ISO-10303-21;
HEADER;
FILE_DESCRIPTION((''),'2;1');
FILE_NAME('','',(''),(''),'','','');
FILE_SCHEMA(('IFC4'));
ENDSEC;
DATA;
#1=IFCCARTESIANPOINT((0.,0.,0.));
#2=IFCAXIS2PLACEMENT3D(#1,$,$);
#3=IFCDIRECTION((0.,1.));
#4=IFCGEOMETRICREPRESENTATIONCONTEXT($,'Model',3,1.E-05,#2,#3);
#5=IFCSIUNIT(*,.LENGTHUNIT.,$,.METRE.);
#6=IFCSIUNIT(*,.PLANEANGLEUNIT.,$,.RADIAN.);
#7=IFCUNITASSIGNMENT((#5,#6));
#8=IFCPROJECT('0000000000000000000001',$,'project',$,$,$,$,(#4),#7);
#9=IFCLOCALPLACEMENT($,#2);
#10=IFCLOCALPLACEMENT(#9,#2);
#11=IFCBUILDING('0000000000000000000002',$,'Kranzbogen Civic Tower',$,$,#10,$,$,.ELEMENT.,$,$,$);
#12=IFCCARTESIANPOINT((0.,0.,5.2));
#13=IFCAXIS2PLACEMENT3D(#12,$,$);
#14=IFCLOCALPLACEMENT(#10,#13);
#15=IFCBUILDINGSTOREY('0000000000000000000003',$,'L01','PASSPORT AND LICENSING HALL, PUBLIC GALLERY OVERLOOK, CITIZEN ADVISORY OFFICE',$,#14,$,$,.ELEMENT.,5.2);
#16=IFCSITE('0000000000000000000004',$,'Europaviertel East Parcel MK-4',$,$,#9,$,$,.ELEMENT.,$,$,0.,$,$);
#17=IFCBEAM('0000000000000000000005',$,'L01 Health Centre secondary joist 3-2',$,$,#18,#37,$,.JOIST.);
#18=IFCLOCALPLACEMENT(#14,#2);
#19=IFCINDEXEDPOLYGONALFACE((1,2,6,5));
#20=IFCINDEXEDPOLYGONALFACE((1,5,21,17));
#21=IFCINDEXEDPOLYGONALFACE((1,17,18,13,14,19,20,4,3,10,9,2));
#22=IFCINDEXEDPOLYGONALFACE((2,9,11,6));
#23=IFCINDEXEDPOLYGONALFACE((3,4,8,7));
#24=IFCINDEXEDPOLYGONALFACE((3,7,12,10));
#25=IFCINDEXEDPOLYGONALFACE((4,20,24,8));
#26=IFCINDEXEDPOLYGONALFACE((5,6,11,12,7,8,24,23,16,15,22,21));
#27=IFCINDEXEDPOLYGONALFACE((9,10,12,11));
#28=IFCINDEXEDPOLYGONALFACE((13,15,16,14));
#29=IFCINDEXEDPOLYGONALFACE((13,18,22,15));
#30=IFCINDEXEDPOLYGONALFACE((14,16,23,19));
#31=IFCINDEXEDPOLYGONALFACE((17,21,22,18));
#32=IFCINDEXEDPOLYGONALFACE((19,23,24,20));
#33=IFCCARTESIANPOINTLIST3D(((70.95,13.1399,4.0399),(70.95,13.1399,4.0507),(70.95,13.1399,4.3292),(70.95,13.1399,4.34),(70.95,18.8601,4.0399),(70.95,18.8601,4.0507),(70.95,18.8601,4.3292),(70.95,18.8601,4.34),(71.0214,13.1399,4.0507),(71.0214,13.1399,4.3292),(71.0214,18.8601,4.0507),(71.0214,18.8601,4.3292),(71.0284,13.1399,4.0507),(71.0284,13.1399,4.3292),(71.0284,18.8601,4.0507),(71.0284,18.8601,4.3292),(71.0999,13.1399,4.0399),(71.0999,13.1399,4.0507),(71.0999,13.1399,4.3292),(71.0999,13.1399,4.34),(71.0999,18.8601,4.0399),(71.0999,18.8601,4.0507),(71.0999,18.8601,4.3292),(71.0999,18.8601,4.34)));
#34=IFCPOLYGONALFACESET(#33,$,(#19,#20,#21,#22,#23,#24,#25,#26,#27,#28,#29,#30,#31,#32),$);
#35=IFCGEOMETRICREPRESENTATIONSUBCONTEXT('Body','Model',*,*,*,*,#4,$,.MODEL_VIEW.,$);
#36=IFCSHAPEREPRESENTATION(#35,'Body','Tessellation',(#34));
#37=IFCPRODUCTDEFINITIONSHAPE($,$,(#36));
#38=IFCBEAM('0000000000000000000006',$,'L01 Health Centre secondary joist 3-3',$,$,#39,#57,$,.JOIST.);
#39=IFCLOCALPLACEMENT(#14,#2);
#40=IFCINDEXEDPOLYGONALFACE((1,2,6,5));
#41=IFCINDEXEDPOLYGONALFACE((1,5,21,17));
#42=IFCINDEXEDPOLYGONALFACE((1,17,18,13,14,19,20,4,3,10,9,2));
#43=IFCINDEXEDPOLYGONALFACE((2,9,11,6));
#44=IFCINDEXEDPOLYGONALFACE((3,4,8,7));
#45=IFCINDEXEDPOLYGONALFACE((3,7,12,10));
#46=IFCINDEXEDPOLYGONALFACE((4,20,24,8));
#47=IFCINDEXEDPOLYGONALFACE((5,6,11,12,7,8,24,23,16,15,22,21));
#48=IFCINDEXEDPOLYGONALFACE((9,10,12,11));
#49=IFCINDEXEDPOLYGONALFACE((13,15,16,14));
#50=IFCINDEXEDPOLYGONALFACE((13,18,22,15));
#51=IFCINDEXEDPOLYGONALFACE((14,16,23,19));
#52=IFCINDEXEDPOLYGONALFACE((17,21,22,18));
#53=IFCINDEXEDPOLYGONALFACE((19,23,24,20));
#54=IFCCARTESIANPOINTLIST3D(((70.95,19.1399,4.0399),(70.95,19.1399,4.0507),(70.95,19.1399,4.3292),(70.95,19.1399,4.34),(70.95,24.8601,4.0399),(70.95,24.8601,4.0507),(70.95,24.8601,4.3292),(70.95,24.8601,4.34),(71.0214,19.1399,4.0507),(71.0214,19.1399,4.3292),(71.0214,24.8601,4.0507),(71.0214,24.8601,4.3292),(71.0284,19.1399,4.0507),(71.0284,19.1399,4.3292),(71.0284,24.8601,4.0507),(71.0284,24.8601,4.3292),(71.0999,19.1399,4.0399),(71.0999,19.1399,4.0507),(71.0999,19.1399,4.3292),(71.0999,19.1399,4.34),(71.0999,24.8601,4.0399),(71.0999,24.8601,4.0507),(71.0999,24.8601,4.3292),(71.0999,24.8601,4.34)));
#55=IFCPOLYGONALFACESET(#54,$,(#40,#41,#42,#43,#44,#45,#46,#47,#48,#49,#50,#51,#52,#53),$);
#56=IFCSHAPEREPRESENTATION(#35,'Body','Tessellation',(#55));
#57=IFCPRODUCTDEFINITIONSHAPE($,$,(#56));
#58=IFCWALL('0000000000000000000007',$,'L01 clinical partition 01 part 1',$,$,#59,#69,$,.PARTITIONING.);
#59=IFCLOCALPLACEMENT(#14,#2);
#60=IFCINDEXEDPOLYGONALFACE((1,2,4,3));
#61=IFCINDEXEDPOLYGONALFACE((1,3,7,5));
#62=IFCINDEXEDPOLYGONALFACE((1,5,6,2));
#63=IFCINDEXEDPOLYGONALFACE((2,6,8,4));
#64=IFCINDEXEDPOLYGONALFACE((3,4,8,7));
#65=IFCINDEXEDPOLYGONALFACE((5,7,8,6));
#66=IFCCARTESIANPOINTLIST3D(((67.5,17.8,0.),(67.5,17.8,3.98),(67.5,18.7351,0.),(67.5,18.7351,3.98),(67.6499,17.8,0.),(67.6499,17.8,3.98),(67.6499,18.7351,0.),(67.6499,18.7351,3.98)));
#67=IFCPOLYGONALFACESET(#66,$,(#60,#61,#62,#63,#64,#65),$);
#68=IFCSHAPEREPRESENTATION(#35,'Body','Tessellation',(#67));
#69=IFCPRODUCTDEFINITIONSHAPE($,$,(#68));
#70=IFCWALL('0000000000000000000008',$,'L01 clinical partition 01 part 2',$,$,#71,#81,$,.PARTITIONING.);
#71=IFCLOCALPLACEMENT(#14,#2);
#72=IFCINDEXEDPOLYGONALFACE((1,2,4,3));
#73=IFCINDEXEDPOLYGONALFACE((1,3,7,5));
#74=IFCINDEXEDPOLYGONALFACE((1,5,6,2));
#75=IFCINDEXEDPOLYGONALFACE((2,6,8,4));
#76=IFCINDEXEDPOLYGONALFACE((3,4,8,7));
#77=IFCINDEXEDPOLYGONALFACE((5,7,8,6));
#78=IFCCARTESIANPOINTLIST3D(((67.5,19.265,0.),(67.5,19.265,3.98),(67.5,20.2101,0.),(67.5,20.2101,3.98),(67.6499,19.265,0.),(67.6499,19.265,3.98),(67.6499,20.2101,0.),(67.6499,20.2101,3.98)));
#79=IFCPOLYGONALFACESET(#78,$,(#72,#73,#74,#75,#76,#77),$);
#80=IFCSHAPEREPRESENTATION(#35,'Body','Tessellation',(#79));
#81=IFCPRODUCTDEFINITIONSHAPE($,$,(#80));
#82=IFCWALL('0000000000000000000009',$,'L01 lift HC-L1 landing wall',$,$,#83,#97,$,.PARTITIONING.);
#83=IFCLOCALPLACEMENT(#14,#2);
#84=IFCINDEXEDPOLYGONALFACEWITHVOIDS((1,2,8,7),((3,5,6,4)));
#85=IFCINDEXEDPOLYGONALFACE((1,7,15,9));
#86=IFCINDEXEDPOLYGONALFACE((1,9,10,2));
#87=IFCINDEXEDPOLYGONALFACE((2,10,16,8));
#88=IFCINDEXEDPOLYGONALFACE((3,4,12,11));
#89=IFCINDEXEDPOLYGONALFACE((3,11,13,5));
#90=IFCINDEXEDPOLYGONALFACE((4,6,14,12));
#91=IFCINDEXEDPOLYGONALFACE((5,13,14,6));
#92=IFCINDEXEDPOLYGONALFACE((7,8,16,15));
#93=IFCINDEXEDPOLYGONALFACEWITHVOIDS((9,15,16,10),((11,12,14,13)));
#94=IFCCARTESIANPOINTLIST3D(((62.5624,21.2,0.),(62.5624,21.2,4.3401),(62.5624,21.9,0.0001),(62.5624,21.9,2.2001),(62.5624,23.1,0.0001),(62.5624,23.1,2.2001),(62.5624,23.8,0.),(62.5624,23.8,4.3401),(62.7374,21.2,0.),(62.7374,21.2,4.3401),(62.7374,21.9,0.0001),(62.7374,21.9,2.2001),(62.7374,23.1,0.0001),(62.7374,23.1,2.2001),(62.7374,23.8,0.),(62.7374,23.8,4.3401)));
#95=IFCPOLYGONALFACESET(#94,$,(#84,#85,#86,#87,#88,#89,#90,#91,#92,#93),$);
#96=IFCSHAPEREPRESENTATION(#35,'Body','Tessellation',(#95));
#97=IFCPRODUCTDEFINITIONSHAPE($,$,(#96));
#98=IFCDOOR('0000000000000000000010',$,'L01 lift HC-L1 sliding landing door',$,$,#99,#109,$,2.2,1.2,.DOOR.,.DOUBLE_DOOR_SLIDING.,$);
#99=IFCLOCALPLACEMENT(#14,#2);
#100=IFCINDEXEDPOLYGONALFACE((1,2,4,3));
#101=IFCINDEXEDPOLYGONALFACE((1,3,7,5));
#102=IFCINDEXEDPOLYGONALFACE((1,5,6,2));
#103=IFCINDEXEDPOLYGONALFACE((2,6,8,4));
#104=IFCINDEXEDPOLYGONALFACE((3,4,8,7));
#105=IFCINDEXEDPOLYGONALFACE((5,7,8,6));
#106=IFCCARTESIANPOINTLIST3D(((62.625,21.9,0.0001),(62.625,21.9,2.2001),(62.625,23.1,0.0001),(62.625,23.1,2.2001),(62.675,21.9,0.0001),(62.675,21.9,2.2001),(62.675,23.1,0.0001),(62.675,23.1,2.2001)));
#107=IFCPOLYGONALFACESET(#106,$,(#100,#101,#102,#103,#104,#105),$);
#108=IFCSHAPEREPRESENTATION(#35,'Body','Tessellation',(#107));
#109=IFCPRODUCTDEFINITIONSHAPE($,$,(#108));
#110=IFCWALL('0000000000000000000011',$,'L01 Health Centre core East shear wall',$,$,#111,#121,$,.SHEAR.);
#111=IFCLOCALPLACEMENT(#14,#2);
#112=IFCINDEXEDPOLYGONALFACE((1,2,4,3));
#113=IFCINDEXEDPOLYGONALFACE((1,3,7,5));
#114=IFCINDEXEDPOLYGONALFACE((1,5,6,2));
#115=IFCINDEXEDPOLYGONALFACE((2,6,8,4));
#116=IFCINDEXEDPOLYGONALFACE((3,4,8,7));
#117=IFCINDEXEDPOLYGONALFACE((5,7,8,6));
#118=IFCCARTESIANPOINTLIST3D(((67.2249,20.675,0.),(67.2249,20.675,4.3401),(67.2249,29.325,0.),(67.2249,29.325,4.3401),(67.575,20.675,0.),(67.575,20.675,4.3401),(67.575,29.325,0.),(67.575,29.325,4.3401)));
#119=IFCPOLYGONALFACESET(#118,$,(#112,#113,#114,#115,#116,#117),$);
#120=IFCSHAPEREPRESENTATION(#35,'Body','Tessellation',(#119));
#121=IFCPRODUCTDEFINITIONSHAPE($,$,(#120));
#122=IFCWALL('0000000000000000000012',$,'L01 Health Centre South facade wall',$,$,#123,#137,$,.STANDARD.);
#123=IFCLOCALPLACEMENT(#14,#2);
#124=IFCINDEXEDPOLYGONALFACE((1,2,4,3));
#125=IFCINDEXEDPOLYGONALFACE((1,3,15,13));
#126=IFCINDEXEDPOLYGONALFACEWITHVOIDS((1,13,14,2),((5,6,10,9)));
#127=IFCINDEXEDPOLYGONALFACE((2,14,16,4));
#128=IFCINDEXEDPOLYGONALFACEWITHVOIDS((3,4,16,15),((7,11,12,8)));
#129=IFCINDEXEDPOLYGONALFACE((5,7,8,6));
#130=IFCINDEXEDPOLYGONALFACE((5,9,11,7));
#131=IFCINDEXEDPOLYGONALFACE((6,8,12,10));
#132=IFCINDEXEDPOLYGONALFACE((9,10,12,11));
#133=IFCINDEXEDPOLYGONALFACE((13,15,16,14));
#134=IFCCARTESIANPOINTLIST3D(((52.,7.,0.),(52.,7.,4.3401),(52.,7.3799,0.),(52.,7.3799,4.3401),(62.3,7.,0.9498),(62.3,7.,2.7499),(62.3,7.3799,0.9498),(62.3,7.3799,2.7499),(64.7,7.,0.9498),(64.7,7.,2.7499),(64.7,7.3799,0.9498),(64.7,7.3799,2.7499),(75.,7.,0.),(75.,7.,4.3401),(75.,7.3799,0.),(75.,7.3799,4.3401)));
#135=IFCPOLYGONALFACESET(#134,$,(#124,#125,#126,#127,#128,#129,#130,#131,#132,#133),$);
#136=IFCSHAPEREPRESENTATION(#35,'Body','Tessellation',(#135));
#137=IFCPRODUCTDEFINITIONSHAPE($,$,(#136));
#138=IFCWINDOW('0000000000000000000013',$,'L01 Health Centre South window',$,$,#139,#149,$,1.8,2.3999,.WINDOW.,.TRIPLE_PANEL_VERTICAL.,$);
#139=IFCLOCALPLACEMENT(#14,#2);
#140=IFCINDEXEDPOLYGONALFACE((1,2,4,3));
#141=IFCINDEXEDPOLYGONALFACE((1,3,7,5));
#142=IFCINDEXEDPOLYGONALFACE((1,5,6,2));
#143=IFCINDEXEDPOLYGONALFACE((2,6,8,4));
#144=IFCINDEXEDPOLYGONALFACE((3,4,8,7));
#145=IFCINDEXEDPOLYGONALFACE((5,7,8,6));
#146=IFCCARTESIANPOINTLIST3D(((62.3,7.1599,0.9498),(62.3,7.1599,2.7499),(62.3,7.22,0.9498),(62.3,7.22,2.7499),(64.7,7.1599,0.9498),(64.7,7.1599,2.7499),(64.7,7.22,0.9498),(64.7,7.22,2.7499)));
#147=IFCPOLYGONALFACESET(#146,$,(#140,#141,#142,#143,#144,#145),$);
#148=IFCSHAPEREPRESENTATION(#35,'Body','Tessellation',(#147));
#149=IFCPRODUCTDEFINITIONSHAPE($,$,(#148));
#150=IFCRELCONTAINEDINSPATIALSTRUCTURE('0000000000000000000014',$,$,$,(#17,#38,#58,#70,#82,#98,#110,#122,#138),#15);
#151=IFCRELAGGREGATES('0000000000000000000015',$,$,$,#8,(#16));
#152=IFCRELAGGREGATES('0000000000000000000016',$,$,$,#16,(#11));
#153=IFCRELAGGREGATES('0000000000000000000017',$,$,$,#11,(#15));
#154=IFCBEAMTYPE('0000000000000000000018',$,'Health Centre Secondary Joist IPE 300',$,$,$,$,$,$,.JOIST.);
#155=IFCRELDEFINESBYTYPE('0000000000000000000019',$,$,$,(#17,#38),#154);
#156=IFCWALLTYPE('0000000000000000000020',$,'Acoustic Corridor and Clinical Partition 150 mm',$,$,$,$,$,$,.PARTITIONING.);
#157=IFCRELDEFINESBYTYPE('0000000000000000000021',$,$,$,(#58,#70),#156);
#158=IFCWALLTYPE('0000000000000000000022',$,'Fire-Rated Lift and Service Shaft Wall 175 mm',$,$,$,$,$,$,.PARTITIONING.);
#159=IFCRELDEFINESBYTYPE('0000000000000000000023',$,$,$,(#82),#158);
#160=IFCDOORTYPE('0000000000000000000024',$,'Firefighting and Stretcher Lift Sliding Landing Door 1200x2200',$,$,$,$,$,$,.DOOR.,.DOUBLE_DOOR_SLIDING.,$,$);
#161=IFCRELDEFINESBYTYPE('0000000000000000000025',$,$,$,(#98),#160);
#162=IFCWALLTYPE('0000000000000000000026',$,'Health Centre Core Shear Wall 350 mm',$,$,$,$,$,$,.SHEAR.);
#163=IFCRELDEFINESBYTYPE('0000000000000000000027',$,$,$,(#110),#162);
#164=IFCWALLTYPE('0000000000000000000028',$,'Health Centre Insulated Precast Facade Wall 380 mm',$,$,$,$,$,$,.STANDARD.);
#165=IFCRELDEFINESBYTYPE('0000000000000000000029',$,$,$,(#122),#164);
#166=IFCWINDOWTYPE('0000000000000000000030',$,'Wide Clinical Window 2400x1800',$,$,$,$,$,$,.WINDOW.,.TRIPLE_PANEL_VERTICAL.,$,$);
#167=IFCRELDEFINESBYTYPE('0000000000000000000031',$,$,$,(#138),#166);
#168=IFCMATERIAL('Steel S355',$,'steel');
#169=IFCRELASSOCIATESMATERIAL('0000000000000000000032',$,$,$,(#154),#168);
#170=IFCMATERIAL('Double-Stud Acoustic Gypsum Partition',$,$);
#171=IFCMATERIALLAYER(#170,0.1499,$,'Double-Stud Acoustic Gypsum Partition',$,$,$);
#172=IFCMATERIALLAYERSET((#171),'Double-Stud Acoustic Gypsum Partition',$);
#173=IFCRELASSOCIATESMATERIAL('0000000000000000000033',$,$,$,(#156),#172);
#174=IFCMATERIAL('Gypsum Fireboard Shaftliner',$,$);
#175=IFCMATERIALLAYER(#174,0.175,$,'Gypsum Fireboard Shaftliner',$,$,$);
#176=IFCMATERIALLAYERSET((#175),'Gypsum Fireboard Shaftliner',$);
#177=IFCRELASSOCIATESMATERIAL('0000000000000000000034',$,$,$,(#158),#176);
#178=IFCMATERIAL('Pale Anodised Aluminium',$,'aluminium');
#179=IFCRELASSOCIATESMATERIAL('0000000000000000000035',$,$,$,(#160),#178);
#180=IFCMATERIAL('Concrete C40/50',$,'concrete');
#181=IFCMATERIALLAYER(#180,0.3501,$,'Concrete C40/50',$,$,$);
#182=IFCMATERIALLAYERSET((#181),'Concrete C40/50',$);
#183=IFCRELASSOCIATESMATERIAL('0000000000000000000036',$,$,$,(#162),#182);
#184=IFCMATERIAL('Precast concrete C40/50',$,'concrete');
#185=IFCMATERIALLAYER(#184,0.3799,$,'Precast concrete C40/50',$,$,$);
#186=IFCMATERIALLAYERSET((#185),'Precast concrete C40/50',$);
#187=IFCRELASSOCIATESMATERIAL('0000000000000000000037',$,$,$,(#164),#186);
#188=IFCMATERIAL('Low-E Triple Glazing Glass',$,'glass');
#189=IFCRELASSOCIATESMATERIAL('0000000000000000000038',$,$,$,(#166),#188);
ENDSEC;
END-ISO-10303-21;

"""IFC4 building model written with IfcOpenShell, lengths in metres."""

from ifc_helpers import new_model, si_unit, direction, frame, frame_2d, origin, origin_2d, place, context, subcontext, project, spatial, rectangle, i_section, extrude, material, layer, layer_set, material_profile, profile_set, type_object, element, fill, save


model = new_model("IFC4")

# Units and contexts
model_context = context("Model", 3, precision=1e-05, world=origin(), true_north=direction((0.0, 1.0)))
body_context = subcontext(model_context, "Body", "Model", "MODEL_VIEW")
ifc_project = project(units=[si_unit("LENGTHUNIT", "METRE"), si_unit("PLANEANGLEUNIT", "RADIAN")], contexts=[model_context])

# Site, building, storey
site_placement = place(None, origin())
site = spatial("IfcSite", under=ifc_project, at=site_placement, Name="Europaviertel East Parcel MK-4", CompositionType="ELEMENT", RefElevation=0.0)
building_placement = place(site_placement, origin())
building = spatial("IfcBuilding", under=site, at=building_placement, Name="Kranzbogen Civic Tower", CompositionType="ELEMENT")
storey_placement = place(building_placement, frame((0.0, 0.0, 5.2)))
storey = spatial("IfcBuildingStorey", under=building, at=storey_placement, Name="L01", Description="PASSPORT AND LICENSING HALL, PUBLIC GALLERY OVERLOOK, CITIZEN ADVISORY OFFICE", CompositionType="ELEMENT", Elevation=5.2)

# Shared definitions
ifc_material_1 = material(Name="Steel S355", Category="steel")
ifc_material_2 = material(Name="Concrete C40/50", Category="concrete")

# Beams
ifc_material_profile_1 = material_profile(ifc_material_1, i_section(OverallWidth=0.1499, OverallDepth=0.3, WebThickness=0.0071, FlangeThickness=0.0107, at=origin_2d()), Name="IPE 300")
ifc_profile_set_1 = profile_set([ifc_material_profile_1], Name="Steel S355")
beam_type_1 = type_object("IfcBeamType", Name="Health Centre Secondary Joist IPE 300", PredefinedType="JOIST", material=ifc_profile_set_1)
for number, where, z_axis, x_axis, name in (
    (1, (71.0249, 13.1399, 4.1899), (0.0, 1.0, 0.0), (-1.0, 0.0, 0.0), "L01 Health Centre secondary joist 3-2"),
    (2, (71.0249, 19.1399, 4.1899), (0.0, 1.0, 0.0), (-1.0, 0.0, 0.0), "L01 Health Centre secondary joist 3-3"),
):
    element("IfcBeam", number, at=place(storey_placement, frame(where, z_axis=z_axis, x_axis=x_axis)), inside=storey, type_object=beam_type_1, Name=name, PredefinedType="JOIST", context=body_context, shape_type="SweptSolid", body=[
        extrude(i_section(OverallWidth=0.1499, OverallDepth=0.3, WebThickness=0.0071, FlangeThickness=0.0107, at=origin_2d()), origin(), (0.0, 0.0, 1.0), 5.7202),
    ])

# Walls
ifc_material_3 = material(Name="Double-Stud Acoustic Gypsum Partition")
ifc_layer_1 = layer(ifc_material_3, 0.1499, Name="Double-Stud Acoustic Gypsum Partition")
ifc_layer_set_1 = layer_set([ifc_layer_1], Name="Double-Stud Acoustic Gypsum Partition")
wall_type_1 = type_object("IfcWallType", Name="Acoustic Corridor and Clinical Partition 150 mm", PredefinedType="PARTITIONING", material=ifc_layer_set_1)
wall_1_placement = place(storey_placement, frame((67.575, 17.8, 0.0), z_axis=(0.0, 0.0, 1.0), x_axis=(0.0, 1.0, 0.0)))
element("IfcWall", 3, at=wall_1_placement, inside=storey, type_object=wall_type_1, Name="L01 clinical partition 01 part 1", PredefinedType="PARTITIONING", context=body_context, shape_type="SweptSolid", body=[
    extrude(rectangle(XDim=0.9351, YDim=0.1499, at=frame_2d((0.4675, 0.0))), origin(), (0.0, 0.0, 1.0), 3.98),
])
wall_2_placement = place(storey_placement, frame((67.575, 19.2649, 0.0), z_axis=(0.0, 0.0, 1.0), x_axis=(0.0, 1.0, 0.0)))
element("IfcWall", 4, at=wall_2_placement, inside=storey, type_object=wall_type_1, Name="L01 clinical partition 01 part 2", PredefinedType="PARTITIONING", context=body_context, shape_type="SweptSolid", body=[
    extrude(rectangle(XDim=0.9451, YDim=0.1499, at=frame_2d((0.4727, 0.0))), origin(), (0.0, 0.0, 1.0), 3.98),
])

# Wall, opening, door
ifc_material_4 = material(Name="Gypsum Fireboard Shaftliner")
ifc_layer_2 = layer(ifc_material_4, 0.175, Name="Gypsum Fireboard Shaftliner")
ifc_layer_set_2 = layer_set([ifc_layer_2], Name="Gypsum Fireboard Shaftliner")
wall_type_2 = type_object("IfcWallType", Name="Fire-Rated Lift and Service Shaft Wall 175 mm", PredefinedType="PARTITIONING", material=ifc_layer_set_2)
wall_3_placement = place(storey_placement, frame((62.6499, 21.2, 0.0), z_axis=(0.0, 0.0, 1.0), x_axis=(0.0, 1.0, 0.0)))
wall_3 = element("IfcWall", 5, at=wall_3_placement, inside=storey, type_object=wall_type_2, Name="L01 lift HC-L1 landing wall", PredefinedType="PARTITIONING", context=body_context, shape_type="SweptSolid", body=[
    extrude(rectangle(XDim=2.6001, YDim=0.175, at=frame_2d((1.3, 0.0))), origin(), (0.0, 0.0, 1.0), 4.3401),
])
opening_1_placement = place(wall_3_placement, frame((0.7, 0.0, 0.0)))
opening_1 = element("IfcOpeningElement", 6, at=opening_1_placement, cuts=wall_3, PredefinedType="OPENING", context=body_context, shape_type="SweptSolid", body=[
    extrude(rectangle(XDim=1.2, YDim=2.2, at=frame_2d((0.6001, 1.1001))), frame((0.0, 0.0977, 0.0), z_axis=(0.0, -1.0, 0.0), x_axis=(1.0, 0.0, 0.0)), (0.0, 0.0, 1.0), 0.1951),
])
ifc_material_5 = material(Name="Pale Anodised Aluminium", Category="aluminium")
door_type = type_object("IfcDoorType", Name="Firefighting and Stretcher Lift Sliding Landing Door 1200x2200", OperationType="DOUBLE_DOOR_SLIDING", PredefinedType="DOOR", material=ifc_material_5)
door_placement = place(opening_1_placement, origin())
door = element("IfcDoor", 7, at=door_placement, inside=storey, type_object=door_type, Name="L01 lift HC-L1 sliding landing door", OperationType="DOUBLE_DOOR_SLIDING", OverallHeight=2.2, OverallWidth=1.2, PredefinedType="DOOR", context=body_context, shape_type="SweptSolid", body=[
    extrude(rectangle(XDim=1.2, YDim=2.2, at=frame_2d((0.6001, 1.1001))), frame((0.0, 0.0249, 0.0), z_axis=(0.0, -1.0, 0.0), x_axis=(1.0, 0.0, 0.0)), (0.0, 0.0, 1.0), 0.05),
])
fill(opening_1, door)

# Wall
ifc_layer_3 = layer(ifc_material_2, 0.3501, Name="Concrete C40/50")
ifc_layer_set_3 = layer_set([ifc_layer_3], Name="Concrete C40/50")
wall_type_3 = type_object("IfcWallType", Name="Health Centre Core Shear Wall 350 mm", PredefinedType="SHEAR", material=ifc_layer_set_3)
wall_4_placement = place(storey_placement, frame((67.3999, 20.675, 0.0), z_axis=(0.0, 0.0, 1.0), x_axis=(0.0, 1.0, 0.0)))
element("IfcWall", 8, at=wall_4_placement, inside=storey, type_object=wall_type_3, Name="L01 Health Centre core East shear wall", PredefinedType="SHEAR", context=body_context, shape_type="SweptSolid", body=[
    extrude(rectangle(XDim=8.6499, YDim=0.3501, at=frame_2d((4.325, 0.0))), origin(), (0.0, 0.0, 1.0), 4.3401),
])

# Wall, opening, window
ifc_material_6 = material(Name="Precast concrete C40/50", Category="concrete")
ifc_layer_4 = layer(ifc_material_6, 0.3799, Name="Precast concrete C40/50")
ifc_layer_set_4 = layer_set([ifc_layer_4], Name="Precast concrete C40/50")
wall_type_4 = type_object("IfcWallType", Name="Health Centre Insulated Precast Facade Wall 380 mm", PredefinedType="STANDARD", material=ifc_layer_set_4)
wall_5_placement = place(storey_placement, frame((75.0, 7.1899, 0.0), z_axis=(0.0, 0.0, 1.0), x_axis=(-1.0, 0.0, 0.0)))
wall_5 = element("IfcWall", 9, at=wall_5_placement, inside=storey, type_object=wall_type_4, Name="L01 Health Centre South facade wall", PredefinedType="STANDARD", context=body_context, shape_type="SweptSolid", body=[
    extrude(rectangle(XDim=23.0, YDim=0.3799, at=frame_2d((11.5, 0.0))), origin(), (0.0, 0.0, 1.0), 4.3401),
])
opening_2_placement = place(wall_5_placement, frame((10.3, 0.0, 0.95)))
opening_2 = element("IfcOpeningElement", 10, at=opening_2_placement, cuts=wall_5, PredefinedType="OPENING", context=body_context, shape_type="SweptSolid", body=[
    extrude(rectangle(XDim=2.3999, YDim=1.8, at=frame_2d((1.2, 0.8999))), frame((0.0, 0.2, 0.0), z_axis=(0.0, -1.0, 0.0), x_axis=(1.0, 0.0, 0.0)), (0.0, 0.0, 1.0), 0.3999),
])
ifc_material_7 = material(Name="Low-E Triple Glazing Glass", Category="glass")
window_type = type_object("IfcWindowType", Name="Wide Clinical Window 2400x1800", PartitioningType="TRIPLE_PANEL_VERTICAL", PredefinedType="WINDOW", material=ifc_material_7)
window_placement = place(opening_2_placement, origin())
window = element("IfcWindow", 11, at=window_placement, inside=storey, type_object=window_type, Name="L01 Health Centre South window", OverallHeight=1.8, OverallWidth=2.3999, PartitioningType="TRIPLE_PANEL_VERTICAL", PredefinedType="WINDOW", context=body_context, shape_type="SweptSolid", body=[
    extrude(rectangle(XDim=2.3999, YDim=1.8, at=frame_2d((1.2, 0.8999))), frame((0.0, 0.03, 0.0), z_axis=(0.0, -1.0, 0.0), x_axis=(1.0, 0.0, 0.0)), (0.0, 0.0, 1.0), 0.0601),
])
fill(opening_2, window)

save(model, "model.ifc")
